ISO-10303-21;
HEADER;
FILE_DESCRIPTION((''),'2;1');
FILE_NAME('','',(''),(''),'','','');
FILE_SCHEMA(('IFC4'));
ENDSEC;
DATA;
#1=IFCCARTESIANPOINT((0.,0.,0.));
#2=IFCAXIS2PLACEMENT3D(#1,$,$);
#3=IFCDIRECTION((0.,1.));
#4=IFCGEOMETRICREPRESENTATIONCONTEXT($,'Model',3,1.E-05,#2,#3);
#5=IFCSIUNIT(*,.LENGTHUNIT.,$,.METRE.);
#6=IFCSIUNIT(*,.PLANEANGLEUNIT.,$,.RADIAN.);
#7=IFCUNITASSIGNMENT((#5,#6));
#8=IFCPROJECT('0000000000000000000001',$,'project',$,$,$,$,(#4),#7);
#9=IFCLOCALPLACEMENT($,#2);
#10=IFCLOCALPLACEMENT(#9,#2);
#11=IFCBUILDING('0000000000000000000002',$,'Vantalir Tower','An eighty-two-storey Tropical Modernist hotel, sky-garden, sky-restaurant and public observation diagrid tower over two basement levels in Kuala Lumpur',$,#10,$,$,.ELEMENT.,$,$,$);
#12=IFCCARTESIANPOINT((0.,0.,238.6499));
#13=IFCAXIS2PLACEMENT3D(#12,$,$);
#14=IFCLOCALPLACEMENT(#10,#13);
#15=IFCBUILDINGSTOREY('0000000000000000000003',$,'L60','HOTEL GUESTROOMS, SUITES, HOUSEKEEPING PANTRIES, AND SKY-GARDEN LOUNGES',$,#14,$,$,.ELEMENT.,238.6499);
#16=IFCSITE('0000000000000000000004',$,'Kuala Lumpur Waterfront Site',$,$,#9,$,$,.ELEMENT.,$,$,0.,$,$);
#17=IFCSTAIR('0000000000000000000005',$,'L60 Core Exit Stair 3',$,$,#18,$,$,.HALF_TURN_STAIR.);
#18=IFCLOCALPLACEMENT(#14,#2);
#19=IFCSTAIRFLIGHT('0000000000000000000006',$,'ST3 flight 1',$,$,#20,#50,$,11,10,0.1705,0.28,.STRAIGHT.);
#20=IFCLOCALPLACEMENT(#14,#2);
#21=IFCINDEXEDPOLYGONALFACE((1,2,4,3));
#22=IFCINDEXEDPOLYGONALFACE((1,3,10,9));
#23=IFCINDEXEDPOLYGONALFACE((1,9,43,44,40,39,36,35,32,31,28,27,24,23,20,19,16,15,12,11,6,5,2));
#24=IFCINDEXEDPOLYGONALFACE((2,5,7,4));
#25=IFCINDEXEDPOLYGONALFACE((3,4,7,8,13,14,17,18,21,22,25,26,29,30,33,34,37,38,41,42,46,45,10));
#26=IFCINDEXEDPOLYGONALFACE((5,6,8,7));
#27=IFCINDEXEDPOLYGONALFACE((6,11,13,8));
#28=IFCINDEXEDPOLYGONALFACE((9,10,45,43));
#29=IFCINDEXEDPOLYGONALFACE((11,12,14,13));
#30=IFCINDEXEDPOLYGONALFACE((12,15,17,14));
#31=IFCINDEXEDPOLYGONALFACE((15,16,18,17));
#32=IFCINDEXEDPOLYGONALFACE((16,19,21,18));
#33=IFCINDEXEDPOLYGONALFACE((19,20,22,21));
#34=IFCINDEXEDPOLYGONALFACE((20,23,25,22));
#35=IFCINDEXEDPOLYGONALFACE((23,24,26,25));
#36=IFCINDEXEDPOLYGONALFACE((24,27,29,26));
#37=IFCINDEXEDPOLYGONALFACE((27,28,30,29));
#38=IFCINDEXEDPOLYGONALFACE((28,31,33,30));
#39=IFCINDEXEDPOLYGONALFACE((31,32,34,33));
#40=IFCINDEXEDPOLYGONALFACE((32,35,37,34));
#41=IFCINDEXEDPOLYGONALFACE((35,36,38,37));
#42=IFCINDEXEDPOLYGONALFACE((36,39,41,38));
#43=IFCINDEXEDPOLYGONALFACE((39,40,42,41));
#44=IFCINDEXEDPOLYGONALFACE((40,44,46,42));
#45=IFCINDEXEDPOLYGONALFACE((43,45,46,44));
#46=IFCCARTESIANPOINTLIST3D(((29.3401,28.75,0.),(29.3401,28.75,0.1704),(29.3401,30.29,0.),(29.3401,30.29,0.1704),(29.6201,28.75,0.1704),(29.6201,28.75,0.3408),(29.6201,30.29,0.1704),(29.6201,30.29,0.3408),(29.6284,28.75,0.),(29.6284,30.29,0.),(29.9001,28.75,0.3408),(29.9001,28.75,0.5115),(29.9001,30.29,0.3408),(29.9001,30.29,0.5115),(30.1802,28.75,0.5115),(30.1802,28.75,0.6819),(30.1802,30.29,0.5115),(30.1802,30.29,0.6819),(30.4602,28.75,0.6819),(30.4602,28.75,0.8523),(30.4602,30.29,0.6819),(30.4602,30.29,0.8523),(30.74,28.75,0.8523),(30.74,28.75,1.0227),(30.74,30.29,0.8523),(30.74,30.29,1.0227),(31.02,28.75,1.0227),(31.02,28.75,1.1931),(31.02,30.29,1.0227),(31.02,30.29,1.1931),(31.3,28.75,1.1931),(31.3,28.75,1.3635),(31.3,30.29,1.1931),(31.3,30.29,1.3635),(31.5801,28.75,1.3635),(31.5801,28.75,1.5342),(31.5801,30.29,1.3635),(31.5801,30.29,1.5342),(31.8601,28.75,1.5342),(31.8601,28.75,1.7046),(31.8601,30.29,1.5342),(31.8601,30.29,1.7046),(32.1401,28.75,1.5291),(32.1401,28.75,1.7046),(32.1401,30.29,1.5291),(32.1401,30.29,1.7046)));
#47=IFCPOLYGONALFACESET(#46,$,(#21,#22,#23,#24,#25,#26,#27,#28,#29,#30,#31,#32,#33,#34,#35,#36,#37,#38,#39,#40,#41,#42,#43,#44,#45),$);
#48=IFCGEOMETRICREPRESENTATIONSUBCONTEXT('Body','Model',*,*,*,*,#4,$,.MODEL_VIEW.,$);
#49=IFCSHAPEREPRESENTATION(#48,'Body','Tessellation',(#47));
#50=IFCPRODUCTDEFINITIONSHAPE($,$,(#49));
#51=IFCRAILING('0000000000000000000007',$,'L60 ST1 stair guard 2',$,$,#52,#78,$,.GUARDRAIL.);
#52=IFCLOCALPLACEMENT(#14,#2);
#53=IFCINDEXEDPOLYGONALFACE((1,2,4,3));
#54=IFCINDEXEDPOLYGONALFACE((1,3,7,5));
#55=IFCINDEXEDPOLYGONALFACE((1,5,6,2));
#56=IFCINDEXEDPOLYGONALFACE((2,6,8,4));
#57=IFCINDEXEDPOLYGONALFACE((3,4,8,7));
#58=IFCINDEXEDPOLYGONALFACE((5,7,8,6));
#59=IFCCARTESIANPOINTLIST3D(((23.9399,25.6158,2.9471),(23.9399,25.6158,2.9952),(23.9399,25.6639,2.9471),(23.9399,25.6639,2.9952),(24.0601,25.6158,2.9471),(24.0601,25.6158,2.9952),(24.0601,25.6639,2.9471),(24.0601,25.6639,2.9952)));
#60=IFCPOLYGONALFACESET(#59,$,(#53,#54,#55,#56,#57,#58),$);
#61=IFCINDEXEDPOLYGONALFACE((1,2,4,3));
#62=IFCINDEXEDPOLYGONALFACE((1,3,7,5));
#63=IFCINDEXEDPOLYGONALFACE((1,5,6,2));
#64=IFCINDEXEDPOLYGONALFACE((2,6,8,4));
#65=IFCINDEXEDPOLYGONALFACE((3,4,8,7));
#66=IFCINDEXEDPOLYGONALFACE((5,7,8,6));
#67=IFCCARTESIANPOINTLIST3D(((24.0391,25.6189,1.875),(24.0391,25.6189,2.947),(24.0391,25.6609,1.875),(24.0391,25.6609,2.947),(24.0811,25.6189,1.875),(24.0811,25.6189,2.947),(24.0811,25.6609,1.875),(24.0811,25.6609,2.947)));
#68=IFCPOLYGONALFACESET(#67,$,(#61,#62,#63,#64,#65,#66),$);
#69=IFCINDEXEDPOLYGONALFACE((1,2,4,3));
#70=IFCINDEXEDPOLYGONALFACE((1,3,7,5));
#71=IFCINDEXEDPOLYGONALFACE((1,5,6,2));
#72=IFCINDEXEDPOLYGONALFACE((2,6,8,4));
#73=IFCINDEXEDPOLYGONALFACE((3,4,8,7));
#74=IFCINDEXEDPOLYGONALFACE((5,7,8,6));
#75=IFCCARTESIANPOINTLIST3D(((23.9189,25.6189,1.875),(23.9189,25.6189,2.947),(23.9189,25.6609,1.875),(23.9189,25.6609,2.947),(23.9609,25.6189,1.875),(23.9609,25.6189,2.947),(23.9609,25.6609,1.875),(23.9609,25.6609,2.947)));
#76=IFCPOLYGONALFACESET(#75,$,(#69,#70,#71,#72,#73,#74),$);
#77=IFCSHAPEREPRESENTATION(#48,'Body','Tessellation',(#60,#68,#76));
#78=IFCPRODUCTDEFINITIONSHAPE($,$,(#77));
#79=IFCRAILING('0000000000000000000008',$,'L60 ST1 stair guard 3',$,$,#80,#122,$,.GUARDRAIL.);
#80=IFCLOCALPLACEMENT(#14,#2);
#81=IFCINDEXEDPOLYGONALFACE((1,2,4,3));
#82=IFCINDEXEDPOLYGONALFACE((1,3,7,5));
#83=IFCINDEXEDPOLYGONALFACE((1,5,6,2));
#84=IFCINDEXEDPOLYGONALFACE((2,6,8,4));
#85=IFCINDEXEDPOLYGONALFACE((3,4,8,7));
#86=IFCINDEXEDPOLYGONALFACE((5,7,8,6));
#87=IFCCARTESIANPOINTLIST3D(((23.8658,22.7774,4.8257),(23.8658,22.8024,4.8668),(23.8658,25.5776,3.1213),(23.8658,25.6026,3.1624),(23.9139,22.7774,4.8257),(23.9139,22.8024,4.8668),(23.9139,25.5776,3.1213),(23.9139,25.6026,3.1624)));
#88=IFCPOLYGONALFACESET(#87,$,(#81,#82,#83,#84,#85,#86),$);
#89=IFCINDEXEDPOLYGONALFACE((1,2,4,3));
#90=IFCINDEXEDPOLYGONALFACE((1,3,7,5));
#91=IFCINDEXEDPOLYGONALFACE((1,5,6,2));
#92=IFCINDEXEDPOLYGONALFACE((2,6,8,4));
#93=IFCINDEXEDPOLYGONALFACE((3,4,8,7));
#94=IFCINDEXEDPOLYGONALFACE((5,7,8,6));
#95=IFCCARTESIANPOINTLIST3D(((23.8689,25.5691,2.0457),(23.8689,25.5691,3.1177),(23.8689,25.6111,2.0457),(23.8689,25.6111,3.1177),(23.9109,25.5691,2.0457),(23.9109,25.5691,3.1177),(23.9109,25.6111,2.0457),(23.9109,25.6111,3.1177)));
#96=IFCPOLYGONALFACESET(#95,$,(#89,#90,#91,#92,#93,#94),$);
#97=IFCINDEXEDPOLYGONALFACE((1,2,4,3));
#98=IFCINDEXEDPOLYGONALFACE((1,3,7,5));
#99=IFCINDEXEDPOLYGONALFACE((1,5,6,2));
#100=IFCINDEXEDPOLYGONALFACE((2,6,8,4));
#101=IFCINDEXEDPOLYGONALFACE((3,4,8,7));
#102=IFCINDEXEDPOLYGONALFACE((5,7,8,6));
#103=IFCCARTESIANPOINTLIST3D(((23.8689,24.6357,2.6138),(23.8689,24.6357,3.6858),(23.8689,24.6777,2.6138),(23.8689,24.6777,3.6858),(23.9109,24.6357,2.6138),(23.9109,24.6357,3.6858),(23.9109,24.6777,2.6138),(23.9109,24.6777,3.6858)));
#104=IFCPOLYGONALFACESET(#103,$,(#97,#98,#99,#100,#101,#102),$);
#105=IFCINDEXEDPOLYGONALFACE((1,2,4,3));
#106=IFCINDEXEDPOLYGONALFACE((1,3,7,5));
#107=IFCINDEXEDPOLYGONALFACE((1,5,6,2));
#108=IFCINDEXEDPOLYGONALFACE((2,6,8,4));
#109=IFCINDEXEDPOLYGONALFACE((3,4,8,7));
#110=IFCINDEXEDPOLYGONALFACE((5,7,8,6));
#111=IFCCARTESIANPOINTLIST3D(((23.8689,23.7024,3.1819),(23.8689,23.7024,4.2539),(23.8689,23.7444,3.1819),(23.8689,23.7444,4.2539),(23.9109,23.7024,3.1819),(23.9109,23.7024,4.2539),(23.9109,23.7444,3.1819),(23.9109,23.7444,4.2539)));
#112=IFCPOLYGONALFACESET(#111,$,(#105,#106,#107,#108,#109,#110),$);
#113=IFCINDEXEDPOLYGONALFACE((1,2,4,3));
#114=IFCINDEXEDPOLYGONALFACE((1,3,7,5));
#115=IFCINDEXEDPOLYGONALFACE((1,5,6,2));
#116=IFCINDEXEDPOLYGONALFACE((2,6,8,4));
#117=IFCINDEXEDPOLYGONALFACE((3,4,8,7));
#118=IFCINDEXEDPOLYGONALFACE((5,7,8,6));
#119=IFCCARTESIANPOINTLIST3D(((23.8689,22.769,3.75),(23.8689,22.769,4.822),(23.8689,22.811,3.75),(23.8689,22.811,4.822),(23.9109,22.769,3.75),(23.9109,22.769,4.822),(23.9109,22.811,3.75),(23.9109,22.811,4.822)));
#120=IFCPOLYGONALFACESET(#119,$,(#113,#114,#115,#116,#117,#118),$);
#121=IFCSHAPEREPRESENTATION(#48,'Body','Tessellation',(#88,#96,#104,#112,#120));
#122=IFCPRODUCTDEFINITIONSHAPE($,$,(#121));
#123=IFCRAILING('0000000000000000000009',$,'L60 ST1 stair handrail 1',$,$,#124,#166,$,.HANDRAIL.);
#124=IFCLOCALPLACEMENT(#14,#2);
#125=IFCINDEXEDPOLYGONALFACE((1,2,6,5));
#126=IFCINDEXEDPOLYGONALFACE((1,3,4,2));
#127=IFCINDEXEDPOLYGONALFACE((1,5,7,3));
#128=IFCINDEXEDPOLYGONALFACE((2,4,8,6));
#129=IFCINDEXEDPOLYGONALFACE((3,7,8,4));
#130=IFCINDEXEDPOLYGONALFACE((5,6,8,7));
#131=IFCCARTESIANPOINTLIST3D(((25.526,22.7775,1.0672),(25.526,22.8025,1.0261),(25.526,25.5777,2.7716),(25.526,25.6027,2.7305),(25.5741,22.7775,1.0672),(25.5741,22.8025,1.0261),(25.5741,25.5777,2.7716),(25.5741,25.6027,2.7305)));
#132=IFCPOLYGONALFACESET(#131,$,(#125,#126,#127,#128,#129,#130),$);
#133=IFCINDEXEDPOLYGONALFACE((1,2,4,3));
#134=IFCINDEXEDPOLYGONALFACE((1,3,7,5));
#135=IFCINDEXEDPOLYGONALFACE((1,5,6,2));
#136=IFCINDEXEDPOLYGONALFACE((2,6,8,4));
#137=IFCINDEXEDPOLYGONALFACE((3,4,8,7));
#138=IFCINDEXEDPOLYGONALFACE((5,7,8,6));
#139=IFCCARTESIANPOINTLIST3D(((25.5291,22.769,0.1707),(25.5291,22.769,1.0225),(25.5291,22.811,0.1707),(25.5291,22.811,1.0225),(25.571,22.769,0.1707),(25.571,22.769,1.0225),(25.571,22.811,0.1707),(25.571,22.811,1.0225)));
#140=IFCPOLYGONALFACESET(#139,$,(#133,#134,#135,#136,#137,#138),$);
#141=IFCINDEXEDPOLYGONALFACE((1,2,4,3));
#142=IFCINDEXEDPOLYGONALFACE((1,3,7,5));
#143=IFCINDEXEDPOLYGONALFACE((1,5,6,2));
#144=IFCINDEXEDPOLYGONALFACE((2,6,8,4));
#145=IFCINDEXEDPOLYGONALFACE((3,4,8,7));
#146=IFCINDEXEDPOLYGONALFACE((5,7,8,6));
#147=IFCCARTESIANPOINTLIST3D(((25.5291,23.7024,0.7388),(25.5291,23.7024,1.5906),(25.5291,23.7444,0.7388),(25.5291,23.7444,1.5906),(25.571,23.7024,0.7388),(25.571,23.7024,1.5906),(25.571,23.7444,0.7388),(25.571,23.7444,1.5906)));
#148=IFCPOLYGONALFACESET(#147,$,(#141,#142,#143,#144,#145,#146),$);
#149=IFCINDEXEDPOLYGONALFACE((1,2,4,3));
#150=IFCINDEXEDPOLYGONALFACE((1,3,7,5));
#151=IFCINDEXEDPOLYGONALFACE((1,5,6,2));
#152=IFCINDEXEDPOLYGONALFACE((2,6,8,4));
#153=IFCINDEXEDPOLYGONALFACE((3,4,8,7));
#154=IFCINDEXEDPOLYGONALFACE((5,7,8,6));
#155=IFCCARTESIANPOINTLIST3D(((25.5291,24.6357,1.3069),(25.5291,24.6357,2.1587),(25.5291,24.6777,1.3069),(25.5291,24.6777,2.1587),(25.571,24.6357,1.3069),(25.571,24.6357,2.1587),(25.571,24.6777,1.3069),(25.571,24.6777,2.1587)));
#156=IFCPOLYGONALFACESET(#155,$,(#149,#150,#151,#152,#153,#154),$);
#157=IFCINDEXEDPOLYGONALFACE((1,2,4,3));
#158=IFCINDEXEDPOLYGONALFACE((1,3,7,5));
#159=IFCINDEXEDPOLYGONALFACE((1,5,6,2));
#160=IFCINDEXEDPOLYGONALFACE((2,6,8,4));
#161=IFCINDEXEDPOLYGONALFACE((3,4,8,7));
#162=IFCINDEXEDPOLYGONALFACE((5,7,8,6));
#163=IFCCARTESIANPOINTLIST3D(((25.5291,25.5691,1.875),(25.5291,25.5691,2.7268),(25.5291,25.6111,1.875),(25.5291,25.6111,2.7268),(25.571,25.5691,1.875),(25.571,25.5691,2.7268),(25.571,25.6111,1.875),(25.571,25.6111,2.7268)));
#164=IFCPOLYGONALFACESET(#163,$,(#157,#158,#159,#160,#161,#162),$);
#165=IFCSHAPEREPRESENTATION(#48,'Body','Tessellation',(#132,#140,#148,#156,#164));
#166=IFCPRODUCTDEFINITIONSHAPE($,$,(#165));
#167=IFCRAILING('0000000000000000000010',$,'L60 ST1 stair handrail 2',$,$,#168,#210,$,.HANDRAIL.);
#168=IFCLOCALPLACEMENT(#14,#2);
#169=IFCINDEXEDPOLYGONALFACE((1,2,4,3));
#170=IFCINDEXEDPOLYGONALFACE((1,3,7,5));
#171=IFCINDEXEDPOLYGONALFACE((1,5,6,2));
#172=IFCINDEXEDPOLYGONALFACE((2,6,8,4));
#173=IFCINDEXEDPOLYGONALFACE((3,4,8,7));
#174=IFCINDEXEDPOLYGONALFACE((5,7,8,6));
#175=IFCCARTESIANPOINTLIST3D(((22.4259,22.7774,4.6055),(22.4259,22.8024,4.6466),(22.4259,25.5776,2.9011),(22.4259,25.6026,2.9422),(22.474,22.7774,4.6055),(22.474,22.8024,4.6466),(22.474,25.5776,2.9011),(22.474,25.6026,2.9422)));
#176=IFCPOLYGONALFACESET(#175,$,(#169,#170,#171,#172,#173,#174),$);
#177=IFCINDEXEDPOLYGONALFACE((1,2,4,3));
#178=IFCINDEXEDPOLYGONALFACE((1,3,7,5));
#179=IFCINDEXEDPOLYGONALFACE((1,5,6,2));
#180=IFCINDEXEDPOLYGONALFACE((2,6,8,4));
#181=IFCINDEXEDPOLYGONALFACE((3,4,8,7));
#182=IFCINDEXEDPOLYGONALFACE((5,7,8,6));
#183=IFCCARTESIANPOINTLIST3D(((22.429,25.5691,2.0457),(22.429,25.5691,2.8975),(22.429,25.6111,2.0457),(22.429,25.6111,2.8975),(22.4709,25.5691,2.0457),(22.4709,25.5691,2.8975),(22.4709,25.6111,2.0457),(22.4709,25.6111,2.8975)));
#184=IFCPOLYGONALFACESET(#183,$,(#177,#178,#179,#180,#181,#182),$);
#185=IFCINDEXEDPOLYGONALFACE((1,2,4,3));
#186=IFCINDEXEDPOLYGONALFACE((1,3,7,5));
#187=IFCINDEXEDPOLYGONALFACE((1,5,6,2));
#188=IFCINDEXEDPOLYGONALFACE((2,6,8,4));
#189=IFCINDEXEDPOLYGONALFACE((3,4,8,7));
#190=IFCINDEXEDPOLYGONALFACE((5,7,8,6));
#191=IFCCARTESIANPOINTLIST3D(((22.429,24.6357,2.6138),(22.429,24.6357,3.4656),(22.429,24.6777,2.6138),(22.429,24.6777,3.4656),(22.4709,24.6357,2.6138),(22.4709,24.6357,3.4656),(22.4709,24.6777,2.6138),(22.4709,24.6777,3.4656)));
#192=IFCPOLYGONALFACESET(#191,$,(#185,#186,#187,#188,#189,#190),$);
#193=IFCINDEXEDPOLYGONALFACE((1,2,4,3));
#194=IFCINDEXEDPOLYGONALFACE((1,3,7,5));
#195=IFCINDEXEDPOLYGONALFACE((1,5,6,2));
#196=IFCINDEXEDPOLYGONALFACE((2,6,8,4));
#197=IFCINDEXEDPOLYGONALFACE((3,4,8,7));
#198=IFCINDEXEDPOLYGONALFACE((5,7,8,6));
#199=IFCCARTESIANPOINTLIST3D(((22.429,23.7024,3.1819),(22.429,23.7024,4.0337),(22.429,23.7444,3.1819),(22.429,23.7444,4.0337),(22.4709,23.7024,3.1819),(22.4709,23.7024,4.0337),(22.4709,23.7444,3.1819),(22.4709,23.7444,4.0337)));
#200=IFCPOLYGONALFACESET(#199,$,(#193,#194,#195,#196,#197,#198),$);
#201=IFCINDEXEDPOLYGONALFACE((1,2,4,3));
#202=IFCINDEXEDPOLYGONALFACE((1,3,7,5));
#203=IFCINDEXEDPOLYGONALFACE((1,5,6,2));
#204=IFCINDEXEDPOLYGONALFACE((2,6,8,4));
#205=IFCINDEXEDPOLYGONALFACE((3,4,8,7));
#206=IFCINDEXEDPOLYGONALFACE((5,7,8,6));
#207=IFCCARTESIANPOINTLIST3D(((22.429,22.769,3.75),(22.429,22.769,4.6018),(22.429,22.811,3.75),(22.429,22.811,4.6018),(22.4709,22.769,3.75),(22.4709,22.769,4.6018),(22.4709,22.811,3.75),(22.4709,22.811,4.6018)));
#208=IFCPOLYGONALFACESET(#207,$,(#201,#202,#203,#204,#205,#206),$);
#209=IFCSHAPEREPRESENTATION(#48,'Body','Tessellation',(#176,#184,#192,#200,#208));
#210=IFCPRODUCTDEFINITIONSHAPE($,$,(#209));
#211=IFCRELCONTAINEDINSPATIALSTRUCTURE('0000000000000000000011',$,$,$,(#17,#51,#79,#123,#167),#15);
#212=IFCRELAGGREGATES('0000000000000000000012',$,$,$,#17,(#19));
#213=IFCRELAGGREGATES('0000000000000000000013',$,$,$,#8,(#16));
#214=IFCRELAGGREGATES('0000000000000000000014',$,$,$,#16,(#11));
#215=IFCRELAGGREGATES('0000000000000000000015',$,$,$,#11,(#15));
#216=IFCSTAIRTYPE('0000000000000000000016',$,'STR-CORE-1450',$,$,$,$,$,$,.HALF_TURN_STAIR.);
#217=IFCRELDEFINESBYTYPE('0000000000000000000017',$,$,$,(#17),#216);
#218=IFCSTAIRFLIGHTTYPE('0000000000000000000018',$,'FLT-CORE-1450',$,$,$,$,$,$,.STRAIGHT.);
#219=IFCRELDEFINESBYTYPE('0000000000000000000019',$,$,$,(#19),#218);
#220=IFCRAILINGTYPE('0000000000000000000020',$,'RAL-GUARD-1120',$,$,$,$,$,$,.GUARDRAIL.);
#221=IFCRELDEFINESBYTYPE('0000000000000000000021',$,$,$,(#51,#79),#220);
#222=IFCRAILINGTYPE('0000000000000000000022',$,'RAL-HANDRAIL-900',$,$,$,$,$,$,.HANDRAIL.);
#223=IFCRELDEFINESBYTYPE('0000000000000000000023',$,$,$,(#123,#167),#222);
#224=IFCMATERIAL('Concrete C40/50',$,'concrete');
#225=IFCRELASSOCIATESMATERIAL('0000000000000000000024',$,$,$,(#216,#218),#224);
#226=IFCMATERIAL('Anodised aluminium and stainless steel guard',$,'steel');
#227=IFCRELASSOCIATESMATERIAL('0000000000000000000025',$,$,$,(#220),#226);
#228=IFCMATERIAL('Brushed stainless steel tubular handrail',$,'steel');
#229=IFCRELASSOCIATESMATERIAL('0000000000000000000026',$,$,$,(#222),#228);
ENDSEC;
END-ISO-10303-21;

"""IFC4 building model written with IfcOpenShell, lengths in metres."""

from ifc_helpers import new_model, si_unit, direction, frame, origin, origin_2d, place, context, subcontext, project, spatial, polyline, rectangle, outline, extrude, material, type_object, element, aggregate, save


model = new_model("IFC4")

# Units and contexts
model_context = context("Model", 3, precision=1e-05, world=origin(), true_north=direction((0.0, 1.0)))
body_context = subcontext(model_context, "Body", "Model", "MODEL_VIEW")
ifc_project = project(units=[si_unit("LENGTHUNIT", "METRE"), si_unit("PLANEANGLEUNIT", "RADIAN")], contexts=[model_context])

# Site, building, storey
site_placement = place(None, origin())
site = spatial("IfcSite", under=ifc_project, at=site_placement, Name="Kuala Lumpur Waterfront Site", CompositionType="ELEMENT", RefElevation=0.0)
building_placement = place(site_placement, origin())
building = spatial("IfcBuilding", under=site, at=building_placement, Name="Vantalir Tower", Description="An eighty-two-storey Tropical Modernist hotel, sky-garden, sky-restaurant and public observation diagrid tower over two basement levels in Kuala Lumpur", CompositionType="ELEMENT")
storey_placement = place(building_placement, frame((0.0, 0.0, 238.6499)))
storey = spatial("IfcBuildingStorey", under=building, at=storey_placement, Name="L60", Description="HOTEL GUESTROOMS, SUITES, HOUSEKEEPING PANTRIES, AND SKY-GARDEN LOUNGES", CompositionType="ELEMENT", Elevation=238.6499)

# Shared definitions
ifc_material_1 = material(Name="Concrete C40/50", Category="concrete")
stair_type = type_object("IfcStairType", Name="STR-CORE-1450", PredefinedType="HALF_TURN_STAIR", material=ifc_material_1)
stair_flight_type = type_object("IfcStairFlightType", Name="FLT-CORE-1450", PredefinedType="STRAIGHT", material=ifc_material_1)

# Stair, stair flight
stair_1_placement = place(storey_placement, origin())
stair_1 = element("IfcStair", 1, at=stair_1_placement, inside=storey, type_object=stair_type, Name="L60 Core Exit Stair 3", PredefinedType="HALF_TURN_STAIR")
stair_flight_1_placement = place(storey_placement, frame((29.3401, 29.52, 0.0), z_axis=(0.0, 0.0, 1.0), x_axis=(1.0, 0.0, 0.0)))
stair_flight_1 = element("IfcStairFlight", 2, at=stair_flight_1_placement, type_object=stair_flight_type, Name="ST3 flight 1", NumberOfRisers=11, NumberOfTreads=10, PredefinedType="STRAIGHT", RiserHeight=0.1705, TreadLength=0.28, context=body_context, shape_type="SweptSolid", body=[
    extrude(outline(polyline([(0.0, 0.0), (0.0, 0.1704), (0.28, 0.1704), (0.28, 0.3408), (0.5601, 0.3408), (0.5601, 0.5115), (0.8401, 0.5115), (0.8401, 0.6819), (1.1201, 0.6819), (1.1201, 0.8523), (1.3999, 0.8523), (1.3999, 1.0227), (1.6799, 1.0227), (1.6799, 1.1931), (1.96, 1.1931), (1.96, 1.3635), (2.24, 1.3635), (2.24, 1.5342), (2.52, 1.5342), (2.52, 1.7046), (2.8, 1.7046), (2.8, 1.875), (2.8, 1.5291), (0.2883, 0.0), (0.0, 0.0)])), frame((0.0, 0.77, 0.0), z_axis=(0.0, -1.0, 0.0), x_axis=(1.0, 0.0, 0.0)), (0.0, 0.0, 1.0), 1.54),
])
aggregate(stair_1, [stair_flight_1])

# Railings
ifc_material_2 = material(Name="Anodised aluminium and stainless steel guard", Category="steel")
railing_type_1 = type_object("IfcRailingType", Name="RAL-GUARD-1120", PredefinedType="GUARDRAIL", material=ifc_material_2)
railing_1_placement = place(storey_placement, frame((24.0601, 25.6399, 1.875)))
element("IfcRailing", 3, at=railing_1_placement, inside=storey, type_object=railing_type_1, Name="L60 ST1 stair guard 2", PredefinedType="GUARDRAIL", context=body_context, shape_type="SweptSolid", body=[
    extrude(rectangle(XDim=0.0481, YDim=0.0481, at=origin_2d()), frame((0.0, 0.0, 1.0962), z_axis=(-1.0, 0.0, 0.0), x_axis=(0.0, -1.0, 0.0)), (0.0, 0.0, 1.0), 0.1201),
    extrude(rectangle(XDim=0.042, YDim=0.042, at=origin_2d()), origin(), (0.0, 0.0, 1.0), 1.072),
    extrude(rectangle(XDim=0.042, YDim=0.042, at=origin_2d()), frame((-0.1201, 0.0, 0.0)), (0.0, 0.0, 1.0), 1.072),
])
railing_2_placement = place(storey_placement, frame((23.8899, 25.5901, 2.0457)))
element("IfcRailing", 4, at=railing_2_placement, inside=storey, type_object=railing_type_1, Name="L60 ST1 stair guard 3", PredefinedType="GUARDRAIL", context=body_context, shape_type="SweptSolid", body=[
    extrude(rectangle(XDim=0.0481, YDim=0.0481, at=origin_2d()), frame((0.0, 0.0, 1.0962), z_axis=(0.0, -0.854203, 0.51994), x_axis=(1.0, 0.0, 0.0)), (0.0, 0.0, 1.0), 3.2781),
    extrude(rectangle(XDim=0.042, YDim=0.042, at=origin_2d()), origin(), (0.0, 0.0, 1.0), 1.072),
    extrude(rectangle(XDim=0.042, YDim=0.042, at=origin_2d()), frame((0.0, -0.9333, 0.5681)), (0.0, 0.0, 1.0), 1.072),
    extrude(rectangle(XDim=0.042, YDim=0.042, at=origin_2d()), frame((0.0, -1.8667, 1.1362)), (0.0, 0.0, 1.0), 1.072),
    extrude(rectangle(XDim=0.042, YDim=0.042, at=origin_2d()), frame((0.0, -2.8, 1.7043)), (0.0, 0.0, 1.0), 1.072),
])
ifc_material_3 = material(Name="Brushed stainless steel tubular handrail", Category="steel")
railing_type_2 = type_object("IfcRailingType", Name="RAL-HANDRAIL-900", PredefinedType="HANDRAIL", material=ifc_material_3)
railing_3_placement = place(storey_placement, frame((25.55, 22.79, 0.1707)))
element("IfcRailing", 5, at=railing_3_placement, inside=storey, type_object=railing_type_2, Name="L60 ST1 stair handrail 1", PredefinedType="HANDRAIL", context=body_context, shape_type="SweptSolid", body=[
    extrude(rectangle(XDim=0.0481, YDim=0.0481, at=origin_2d()), frame((0.0, 0.0, 0.876), z_axis=(0.0, 0.854203, 0.51994), x_axis=(-1.0, 0.0, 0.0)), (0.0, 0.0, 1.0), 3.2781),
    extrude(rectangle(XDim=0.042, YDim=0.042, at=origin_2d()), origin(), (0.0, 0.0, 1.0), 0.8518),
    extrude(rectangle(XDim=0.042, YDim=0.042, at=origin_2d()), frame((0.0, 0.9333, 0.5681)), (0.0, 0.0, 1.0), 0.8518),
    extrude(rectangle(XDim=0.042, YDim=0.042, at=origin_2d()), frame((0.0, 1.8667, 1.1362)), (0.0, 0.0, 1.0), 0.8518),
    extrude(rectangle(XDim=0.042, YDim=0.042, at=origin_2d()), frame((0.0, 2.8, 1.7043)), (0.0, 0.0, 1.0), 0.8518),
])
railing_4_placement = place(storey_placement, frame((22.45, 25.5901, 2.0457)))
element("IfcRailing", 6, at=railing_4_placement, inside=storey, type_object=railing_type_2, Name="L60 ST1 stair handrail 2", PredefinedType="HANDRAIL", context=body_context, shape_type="SweptSolid", body=[
    extrude(rectangle(XDim=0.0481, YDim=0.0481, at=origin_2d()), frame((0.0, 0.0, 0.876), z_axis=(0.0, -0.854203, 0.51994), x_axis=(1.0, 0.0, 0.0)), (0.0, 0.0, 1.0), 3.2781),
    extrude(rectangle(XDim=0.042, YDim=0.042, at=origin_2d()), origin(), (0.0, 0.0, 1.0), 0.8518),
    extrude(rectangle(XDim=0.042, YDim=0.042, at=origin_2d()), frame((0.0, -0.9333, 0.5681)), (0.0, 0.0, 1.0), 0.8518),
    extrude(rectangle(XDim=0.042, YDim=0.042, at=origin_2d()), frame((0.0, -1.8667, 1.1362)), (0.0, 0.0, 1.0), 0.8518),
    extrude(rectangle(XDim=0.042, YDim=0.042, at=origin_2d()), frame((0.0, -2.8, 1.7043)), (0.0, 0.0, 1.0), 0.8518),
])

save(model, "model.ifc")
